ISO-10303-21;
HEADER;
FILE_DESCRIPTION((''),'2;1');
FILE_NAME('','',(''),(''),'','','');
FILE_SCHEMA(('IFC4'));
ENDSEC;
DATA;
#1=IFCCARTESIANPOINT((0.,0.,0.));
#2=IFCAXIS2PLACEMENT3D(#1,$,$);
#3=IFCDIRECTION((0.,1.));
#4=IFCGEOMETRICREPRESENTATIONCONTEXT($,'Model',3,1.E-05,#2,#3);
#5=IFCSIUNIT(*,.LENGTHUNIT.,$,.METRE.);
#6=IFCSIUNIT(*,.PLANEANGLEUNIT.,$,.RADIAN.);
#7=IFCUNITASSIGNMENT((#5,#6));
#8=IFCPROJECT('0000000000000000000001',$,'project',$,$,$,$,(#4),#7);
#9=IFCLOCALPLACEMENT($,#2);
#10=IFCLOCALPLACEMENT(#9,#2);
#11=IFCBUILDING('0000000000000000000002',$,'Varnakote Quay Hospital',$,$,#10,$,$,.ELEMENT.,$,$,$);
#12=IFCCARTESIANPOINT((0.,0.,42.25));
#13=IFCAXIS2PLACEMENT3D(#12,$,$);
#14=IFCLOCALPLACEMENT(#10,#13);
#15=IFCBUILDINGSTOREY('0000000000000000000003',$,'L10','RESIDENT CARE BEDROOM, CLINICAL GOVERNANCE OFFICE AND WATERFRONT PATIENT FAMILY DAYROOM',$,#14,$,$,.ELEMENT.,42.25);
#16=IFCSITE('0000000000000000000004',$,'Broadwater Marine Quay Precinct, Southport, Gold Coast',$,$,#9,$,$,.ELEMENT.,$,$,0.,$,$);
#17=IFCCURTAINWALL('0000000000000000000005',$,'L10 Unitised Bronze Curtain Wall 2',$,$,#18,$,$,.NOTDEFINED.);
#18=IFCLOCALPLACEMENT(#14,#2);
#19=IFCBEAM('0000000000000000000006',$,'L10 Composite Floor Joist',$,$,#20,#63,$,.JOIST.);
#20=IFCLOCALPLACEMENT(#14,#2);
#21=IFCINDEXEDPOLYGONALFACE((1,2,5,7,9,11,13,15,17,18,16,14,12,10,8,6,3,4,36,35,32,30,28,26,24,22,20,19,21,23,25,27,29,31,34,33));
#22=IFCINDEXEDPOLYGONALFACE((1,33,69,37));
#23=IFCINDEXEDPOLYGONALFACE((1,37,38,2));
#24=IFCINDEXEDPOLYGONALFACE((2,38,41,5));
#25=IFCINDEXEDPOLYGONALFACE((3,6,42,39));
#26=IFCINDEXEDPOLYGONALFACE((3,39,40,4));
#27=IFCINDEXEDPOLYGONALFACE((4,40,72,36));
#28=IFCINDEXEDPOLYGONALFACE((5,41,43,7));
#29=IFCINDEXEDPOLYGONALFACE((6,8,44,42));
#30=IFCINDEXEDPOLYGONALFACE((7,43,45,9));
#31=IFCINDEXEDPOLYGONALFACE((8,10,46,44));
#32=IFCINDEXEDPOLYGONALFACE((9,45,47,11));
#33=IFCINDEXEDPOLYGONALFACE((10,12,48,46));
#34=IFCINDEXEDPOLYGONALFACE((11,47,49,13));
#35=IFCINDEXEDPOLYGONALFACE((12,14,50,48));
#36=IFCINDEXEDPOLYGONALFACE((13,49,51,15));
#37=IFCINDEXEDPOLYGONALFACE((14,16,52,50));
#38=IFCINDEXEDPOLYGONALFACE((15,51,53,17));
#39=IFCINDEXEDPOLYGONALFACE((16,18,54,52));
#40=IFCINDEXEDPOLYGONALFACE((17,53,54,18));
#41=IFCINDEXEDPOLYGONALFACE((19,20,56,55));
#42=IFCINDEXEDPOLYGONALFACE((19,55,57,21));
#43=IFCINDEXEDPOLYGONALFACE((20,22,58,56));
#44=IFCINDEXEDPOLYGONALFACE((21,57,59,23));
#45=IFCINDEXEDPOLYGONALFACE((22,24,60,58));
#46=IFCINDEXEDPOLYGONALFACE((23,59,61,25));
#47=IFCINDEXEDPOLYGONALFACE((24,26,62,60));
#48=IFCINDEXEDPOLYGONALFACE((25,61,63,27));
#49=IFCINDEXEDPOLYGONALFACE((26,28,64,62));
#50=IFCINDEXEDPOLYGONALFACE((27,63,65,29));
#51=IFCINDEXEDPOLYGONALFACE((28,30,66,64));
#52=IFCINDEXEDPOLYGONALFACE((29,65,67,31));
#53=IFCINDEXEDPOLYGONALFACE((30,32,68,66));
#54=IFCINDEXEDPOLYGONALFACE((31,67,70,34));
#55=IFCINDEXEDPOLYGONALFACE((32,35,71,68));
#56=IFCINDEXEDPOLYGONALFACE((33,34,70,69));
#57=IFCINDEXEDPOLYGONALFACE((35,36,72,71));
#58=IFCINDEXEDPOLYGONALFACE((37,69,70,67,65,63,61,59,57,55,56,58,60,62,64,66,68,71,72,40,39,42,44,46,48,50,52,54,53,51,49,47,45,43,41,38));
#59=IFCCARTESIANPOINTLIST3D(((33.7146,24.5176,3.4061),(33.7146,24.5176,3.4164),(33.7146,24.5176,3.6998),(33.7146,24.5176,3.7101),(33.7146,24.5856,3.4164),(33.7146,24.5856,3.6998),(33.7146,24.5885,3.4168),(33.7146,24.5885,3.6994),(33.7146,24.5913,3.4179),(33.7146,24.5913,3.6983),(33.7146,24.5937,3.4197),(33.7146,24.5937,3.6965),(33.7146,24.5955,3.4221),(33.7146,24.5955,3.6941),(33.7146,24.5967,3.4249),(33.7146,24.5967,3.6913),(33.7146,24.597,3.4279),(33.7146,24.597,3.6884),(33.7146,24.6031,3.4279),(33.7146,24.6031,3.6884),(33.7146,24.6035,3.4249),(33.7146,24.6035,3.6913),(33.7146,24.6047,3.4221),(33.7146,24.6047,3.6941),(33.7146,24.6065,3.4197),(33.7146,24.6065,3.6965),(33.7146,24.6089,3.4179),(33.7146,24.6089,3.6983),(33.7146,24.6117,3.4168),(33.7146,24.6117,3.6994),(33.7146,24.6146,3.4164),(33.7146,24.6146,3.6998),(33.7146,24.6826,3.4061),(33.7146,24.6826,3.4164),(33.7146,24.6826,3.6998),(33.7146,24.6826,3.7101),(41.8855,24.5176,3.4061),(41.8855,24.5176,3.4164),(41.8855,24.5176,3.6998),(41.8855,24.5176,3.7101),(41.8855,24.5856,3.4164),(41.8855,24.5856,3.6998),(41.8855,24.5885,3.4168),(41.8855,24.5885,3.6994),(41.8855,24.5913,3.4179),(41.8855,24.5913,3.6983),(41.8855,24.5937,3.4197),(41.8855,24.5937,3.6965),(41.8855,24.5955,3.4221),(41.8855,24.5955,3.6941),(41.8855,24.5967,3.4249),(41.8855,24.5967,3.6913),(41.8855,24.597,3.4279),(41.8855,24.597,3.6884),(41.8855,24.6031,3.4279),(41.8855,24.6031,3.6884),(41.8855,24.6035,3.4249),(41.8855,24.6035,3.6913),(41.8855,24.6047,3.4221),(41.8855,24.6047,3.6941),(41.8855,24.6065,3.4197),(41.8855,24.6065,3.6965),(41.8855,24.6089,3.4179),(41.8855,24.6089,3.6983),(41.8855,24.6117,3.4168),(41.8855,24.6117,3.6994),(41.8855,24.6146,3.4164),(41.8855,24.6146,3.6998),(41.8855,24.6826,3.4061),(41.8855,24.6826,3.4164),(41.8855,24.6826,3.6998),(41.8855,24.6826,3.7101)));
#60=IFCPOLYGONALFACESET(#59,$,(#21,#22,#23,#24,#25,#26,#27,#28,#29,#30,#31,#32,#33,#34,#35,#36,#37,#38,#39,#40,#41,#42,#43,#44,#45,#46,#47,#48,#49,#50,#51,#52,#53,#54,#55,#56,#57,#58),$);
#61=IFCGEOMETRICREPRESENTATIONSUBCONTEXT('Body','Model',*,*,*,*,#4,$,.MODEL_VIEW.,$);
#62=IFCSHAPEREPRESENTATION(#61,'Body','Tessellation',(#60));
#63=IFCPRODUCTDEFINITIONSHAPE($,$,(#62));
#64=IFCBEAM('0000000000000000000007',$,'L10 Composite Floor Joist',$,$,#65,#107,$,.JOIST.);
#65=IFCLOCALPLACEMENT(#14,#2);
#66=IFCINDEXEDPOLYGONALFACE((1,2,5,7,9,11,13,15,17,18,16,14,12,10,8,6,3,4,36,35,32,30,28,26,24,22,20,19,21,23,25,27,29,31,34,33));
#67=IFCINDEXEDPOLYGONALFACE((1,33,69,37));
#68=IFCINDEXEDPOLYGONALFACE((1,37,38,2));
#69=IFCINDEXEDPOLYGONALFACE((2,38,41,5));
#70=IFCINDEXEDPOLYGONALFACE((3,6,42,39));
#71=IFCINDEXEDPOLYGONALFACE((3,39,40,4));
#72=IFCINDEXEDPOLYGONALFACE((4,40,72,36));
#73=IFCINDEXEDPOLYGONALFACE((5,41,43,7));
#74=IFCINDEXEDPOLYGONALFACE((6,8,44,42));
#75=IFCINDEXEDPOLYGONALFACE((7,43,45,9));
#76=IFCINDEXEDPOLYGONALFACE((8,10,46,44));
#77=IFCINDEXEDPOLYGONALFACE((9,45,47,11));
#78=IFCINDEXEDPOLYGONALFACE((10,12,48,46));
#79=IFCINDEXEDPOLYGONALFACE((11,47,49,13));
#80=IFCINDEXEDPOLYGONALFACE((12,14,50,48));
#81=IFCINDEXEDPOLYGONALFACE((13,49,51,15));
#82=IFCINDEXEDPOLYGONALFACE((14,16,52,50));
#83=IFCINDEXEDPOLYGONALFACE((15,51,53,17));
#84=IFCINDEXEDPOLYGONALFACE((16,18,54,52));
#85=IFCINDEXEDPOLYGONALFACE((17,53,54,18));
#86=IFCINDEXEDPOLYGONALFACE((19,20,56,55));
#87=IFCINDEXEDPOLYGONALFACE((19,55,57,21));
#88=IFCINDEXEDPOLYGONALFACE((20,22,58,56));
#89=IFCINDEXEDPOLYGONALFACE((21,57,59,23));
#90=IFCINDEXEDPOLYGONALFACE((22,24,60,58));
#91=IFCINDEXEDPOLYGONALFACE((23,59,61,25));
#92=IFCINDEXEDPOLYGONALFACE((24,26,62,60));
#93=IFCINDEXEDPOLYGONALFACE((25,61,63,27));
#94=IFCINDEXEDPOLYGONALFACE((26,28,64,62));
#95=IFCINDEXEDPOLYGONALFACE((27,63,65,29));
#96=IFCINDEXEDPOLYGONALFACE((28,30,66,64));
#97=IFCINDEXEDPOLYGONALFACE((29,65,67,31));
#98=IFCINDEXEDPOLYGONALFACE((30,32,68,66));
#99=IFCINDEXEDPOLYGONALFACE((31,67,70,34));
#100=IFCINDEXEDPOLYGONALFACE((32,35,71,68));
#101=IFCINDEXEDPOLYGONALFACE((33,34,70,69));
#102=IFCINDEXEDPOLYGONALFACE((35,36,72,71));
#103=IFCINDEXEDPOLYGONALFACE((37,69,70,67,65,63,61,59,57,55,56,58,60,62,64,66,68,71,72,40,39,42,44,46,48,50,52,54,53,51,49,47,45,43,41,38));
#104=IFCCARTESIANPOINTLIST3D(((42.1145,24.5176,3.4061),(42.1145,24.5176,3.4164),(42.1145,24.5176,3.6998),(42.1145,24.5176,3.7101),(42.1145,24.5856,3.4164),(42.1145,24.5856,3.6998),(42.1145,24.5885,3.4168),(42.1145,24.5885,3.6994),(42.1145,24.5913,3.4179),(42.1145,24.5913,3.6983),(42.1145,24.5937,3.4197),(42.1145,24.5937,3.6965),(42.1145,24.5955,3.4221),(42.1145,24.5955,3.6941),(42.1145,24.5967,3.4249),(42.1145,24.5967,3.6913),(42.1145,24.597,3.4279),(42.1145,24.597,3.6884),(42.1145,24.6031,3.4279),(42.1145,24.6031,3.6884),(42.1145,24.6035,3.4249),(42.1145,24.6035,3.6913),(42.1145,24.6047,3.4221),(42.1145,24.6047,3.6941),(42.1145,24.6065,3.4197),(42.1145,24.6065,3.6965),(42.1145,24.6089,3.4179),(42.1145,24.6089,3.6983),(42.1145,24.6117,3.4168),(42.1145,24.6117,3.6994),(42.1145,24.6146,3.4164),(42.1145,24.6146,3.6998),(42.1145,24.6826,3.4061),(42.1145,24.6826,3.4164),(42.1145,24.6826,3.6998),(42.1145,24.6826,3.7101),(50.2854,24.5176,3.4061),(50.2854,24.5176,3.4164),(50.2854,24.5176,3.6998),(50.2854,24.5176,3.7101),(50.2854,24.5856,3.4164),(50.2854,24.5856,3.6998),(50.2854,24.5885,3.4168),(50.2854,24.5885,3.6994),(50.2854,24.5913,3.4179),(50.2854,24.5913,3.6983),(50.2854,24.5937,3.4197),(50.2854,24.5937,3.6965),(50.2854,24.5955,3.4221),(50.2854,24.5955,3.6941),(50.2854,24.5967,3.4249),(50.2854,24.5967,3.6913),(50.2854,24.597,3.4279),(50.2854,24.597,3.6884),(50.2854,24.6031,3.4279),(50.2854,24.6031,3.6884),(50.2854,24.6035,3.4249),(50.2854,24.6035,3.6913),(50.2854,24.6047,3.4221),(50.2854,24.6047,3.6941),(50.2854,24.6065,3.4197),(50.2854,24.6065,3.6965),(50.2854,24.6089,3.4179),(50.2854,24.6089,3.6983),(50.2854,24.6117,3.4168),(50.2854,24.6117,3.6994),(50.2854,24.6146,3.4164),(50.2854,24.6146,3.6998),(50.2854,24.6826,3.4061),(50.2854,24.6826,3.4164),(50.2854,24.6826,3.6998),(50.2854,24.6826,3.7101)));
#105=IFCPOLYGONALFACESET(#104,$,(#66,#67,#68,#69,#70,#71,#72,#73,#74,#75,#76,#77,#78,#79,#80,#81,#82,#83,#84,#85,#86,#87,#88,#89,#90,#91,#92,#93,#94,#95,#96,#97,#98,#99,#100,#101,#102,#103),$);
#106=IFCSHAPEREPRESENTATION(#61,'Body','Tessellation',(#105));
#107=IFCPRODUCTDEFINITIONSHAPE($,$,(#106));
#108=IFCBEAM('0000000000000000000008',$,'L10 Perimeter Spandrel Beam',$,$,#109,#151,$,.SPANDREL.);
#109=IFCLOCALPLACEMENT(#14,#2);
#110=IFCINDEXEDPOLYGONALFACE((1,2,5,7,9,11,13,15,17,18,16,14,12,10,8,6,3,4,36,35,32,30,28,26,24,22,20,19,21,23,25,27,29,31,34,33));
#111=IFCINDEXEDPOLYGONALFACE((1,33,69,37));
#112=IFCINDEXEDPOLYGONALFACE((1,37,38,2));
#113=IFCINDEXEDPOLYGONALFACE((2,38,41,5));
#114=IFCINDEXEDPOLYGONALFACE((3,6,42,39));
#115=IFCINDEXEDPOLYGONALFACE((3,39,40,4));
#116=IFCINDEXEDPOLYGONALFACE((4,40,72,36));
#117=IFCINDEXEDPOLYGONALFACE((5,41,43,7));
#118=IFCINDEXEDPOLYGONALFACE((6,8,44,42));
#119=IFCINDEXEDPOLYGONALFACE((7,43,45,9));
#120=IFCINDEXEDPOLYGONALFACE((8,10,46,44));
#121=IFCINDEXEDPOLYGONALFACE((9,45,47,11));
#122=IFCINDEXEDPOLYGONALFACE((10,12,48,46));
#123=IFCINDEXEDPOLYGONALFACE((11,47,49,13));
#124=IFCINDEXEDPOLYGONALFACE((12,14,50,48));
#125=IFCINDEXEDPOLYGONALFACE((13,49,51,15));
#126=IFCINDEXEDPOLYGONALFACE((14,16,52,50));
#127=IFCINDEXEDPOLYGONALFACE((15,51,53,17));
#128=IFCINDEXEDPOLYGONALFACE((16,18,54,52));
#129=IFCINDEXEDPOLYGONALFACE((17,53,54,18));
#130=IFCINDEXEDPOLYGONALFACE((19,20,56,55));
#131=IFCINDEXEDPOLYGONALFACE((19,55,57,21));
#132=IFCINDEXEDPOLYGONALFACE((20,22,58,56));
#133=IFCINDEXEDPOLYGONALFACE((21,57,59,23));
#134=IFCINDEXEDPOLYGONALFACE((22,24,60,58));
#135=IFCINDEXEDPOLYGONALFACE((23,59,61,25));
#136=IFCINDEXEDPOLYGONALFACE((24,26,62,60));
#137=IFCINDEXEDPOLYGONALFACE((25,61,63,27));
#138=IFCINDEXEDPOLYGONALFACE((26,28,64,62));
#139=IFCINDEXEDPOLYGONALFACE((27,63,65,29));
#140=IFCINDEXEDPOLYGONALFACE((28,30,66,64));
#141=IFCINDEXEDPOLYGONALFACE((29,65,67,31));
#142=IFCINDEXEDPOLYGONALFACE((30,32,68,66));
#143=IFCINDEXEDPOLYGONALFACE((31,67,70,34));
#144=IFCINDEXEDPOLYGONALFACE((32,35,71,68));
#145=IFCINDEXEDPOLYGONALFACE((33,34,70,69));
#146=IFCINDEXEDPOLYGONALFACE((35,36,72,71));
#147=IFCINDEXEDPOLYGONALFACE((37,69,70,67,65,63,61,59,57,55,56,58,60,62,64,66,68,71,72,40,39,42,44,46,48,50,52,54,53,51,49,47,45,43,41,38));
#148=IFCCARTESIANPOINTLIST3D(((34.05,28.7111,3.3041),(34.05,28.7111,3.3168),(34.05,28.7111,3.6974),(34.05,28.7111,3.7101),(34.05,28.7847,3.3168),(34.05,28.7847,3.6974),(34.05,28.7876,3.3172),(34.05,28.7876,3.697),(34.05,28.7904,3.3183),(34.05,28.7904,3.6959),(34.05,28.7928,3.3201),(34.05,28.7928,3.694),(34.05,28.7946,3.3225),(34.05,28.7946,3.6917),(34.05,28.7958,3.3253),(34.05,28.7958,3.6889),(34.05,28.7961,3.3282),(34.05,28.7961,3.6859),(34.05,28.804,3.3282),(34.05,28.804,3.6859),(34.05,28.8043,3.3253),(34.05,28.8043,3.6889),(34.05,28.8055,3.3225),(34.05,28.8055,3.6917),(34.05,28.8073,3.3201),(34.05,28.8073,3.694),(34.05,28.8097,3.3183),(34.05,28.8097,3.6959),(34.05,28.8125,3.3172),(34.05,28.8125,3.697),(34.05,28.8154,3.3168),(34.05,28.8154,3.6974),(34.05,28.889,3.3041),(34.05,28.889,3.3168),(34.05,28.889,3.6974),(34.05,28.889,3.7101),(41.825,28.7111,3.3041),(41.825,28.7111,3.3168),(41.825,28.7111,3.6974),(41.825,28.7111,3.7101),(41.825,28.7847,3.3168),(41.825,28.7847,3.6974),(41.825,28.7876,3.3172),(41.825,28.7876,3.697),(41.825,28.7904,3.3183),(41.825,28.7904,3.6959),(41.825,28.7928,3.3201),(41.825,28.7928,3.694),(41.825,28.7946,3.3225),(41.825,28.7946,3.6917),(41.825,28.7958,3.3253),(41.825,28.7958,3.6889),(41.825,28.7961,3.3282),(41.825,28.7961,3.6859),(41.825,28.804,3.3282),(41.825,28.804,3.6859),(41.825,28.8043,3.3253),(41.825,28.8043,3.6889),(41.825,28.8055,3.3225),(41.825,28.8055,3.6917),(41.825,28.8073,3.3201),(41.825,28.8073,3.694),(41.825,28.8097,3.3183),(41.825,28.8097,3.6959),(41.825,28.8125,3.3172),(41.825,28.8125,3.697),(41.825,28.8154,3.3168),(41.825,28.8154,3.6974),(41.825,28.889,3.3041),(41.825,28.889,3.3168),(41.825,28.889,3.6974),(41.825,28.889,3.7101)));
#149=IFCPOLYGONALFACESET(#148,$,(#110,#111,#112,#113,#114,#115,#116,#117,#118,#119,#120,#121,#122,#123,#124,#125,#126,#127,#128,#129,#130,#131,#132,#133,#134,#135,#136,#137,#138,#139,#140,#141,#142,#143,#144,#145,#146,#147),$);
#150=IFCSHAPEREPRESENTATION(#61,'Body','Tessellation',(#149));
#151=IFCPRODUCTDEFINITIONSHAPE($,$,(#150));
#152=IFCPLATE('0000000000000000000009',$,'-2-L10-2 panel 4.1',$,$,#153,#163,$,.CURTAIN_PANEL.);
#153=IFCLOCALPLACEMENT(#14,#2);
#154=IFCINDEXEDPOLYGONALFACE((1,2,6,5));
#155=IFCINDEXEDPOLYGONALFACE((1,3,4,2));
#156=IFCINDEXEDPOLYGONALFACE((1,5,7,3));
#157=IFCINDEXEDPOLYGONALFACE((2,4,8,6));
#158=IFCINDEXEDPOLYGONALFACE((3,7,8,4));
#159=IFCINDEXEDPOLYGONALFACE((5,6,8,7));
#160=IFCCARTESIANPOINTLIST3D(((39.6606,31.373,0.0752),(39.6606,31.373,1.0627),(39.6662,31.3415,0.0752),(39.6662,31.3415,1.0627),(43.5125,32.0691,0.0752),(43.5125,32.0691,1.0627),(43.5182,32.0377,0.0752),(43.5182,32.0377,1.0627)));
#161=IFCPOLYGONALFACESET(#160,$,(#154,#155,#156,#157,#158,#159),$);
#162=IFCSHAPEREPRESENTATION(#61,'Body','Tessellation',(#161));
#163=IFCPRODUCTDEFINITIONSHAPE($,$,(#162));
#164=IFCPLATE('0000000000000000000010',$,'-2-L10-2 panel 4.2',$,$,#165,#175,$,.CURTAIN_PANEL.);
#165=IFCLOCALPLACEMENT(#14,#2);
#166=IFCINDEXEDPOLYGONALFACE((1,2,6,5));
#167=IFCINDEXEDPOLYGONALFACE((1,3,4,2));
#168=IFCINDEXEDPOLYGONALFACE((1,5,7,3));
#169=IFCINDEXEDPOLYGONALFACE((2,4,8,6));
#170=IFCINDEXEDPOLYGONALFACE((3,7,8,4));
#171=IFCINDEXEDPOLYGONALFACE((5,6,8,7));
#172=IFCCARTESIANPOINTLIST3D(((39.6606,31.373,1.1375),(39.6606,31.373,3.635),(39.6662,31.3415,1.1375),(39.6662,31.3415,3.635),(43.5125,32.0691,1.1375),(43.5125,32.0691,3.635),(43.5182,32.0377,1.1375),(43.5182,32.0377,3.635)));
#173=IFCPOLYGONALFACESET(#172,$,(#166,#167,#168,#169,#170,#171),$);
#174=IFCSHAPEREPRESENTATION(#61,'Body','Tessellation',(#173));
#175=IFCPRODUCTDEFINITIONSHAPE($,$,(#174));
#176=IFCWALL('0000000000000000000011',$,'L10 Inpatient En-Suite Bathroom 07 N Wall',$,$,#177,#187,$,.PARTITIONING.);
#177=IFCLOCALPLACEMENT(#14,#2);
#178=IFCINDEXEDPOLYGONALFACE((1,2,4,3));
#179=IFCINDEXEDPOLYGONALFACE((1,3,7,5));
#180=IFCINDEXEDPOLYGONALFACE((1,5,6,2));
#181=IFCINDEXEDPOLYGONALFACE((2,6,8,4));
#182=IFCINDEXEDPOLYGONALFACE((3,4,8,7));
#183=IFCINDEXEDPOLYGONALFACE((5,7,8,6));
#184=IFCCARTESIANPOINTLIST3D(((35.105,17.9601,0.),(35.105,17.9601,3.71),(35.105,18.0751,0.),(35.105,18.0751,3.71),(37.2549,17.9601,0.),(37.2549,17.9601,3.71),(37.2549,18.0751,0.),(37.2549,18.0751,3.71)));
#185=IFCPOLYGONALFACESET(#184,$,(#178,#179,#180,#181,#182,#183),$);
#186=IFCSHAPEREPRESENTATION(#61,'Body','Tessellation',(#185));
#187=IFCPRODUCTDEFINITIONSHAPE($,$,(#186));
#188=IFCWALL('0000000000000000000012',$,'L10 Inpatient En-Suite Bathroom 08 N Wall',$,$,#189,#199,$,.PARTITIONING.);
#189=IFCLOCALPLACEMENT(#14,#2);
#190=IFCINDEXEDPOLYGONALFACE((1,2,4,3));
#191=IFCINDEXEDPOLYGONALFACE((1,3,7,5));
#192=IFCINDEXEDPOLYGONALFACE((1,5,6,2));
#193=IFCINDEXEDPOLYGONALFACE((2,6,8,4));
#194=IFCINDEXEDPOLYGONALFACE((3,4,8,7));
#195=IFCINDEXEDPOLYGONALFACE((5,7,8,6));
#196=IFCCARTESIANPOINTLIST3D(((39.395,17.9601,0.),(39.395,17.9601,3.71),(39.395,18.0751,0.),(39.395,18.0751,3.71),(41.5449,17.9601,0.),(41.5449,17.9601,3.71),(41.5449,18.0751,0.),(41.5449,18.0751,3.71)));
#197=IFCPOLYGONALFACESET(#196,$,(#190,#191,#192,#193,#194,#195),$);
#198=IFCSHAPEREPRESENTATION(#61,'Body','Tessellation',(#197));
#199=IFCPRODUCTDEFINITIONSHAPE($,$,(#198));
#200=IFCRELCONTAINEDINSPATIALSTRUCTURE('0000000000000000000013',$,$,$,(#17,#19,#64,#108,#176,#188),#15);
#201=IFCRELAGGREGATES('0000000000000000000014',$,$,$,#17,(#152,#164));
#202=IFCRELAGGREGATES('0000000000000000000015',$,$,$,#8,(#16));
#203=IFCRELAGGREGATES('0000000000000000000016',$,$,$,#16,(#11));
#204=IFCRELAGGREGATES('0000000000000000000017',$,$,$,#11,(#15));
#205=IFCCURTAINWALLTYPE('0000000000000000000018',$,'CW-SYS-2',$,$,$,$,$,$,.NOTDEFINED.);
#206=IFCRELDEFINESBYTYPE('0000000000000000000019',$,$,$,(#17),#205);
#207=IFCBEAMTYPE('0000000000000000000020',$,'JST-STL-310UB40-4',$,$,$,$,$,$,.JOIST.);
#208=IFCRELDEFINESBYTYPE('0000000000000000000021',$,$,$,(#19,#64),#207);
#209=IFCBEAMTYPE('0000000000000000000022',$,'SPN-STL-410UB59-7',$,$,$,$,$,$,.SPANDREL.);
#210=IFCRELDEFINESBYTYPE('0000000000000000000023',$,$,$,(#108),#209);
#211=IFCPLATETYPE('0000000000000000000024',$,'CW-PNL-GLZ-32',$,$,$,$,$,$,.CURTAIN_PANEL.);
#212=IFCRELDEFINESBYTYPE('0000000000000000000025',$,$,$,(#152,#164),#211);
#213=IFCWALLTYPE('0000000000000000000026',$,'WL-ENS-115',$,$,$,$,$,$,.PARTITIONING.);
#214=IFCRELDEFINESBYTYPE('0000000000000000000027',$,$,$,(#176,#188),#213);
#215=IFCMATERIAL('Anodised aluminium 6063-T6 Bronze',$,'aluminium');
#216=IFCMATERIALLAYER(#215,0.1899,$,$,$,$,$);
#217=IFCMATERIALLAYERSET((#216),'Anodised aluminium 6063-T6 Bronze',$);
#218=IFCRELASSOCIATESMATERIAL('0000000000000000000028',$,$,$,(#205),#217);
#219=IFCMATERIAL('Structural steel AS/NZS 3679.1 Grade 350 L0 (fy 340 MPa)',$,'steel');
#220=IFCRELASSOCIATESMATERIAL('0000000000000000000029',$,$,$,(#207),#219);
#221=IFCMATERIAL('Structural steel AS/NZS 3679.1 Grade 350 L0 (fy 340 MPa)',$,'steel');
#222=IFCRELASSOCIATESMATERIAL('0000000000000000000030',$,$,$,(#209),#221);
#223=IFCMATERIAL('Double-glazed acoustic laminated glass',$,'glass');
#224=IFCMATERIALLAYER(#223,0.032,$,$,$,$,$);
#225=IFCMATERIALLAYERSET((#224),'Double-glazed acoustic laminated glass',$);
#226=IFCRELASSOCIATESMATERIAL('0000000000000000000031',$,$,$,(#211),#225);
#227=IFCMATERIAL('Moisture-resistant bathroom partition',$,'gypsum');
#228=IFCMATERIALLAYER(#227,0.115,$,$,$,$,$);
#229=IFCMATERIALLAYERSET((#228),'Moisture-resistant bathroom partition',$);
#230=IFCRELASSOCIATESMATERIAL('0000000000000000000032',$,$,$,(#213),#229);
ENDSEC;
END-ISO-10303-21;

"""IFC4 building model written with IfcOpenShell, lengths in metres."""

from ifc_helpers import new_model, si_unit, direction, frame, frame_2d, origin, origin_2d, place, context, subcontext, project, spatial, rectangle, i_section, extrude, material, layer, layer_set, material_profile, profile_set, type_object, element, aggregate, save


model = new_model("IFC4")

# Units and contexts
model_context = context("Model", 3, precision=1e-05, world=origin(), true_north=direction((0.0, 1.0)))
body_context = subcontext(model_context, "Body", "Model", "MODEL_VIEW")
ifc_project = project(units=[si_unit("LENGTHUNIT", "METRE"), si_unit("PLANEANGLEUNIT", "RADIAN")], contexts=[model_context])

# Site, building, storey
site_placement = place(None, origin())
site = spatial("IfcSite", under=ifc_project, at=site_placement, Name="Broadwater Marine Quay Precinct, Southport, Gold Coast", CompositionType="ELEMENT", RefElevation=0.0)
building_placement = place(site_placement, origin())
building = spatial("IfcBuilding", under=site, at=building_placement, Name="Varnakote Quay Hospital", CompositionType="ELEMENT")
storey_placement = place(building_placement, frame((0.0, 0.0, 42.25)))
storey = spatial("IfcBuildingStorey", under=building, at=storey_placement, Name="L10", Description="RESIDENT CARE BEDROOM, CLINICAL GOVERNANCE OFFICE AND WATERFRONT PATIENT FAMILY DAYROOM", CompositionType="ELEMENT", Elevation=42.25)

# Curtain wall
ifc_material_1 = material(Name="Anodised aluminium 6063-T6 Bronze", Category="aluminium")
ifc_layer_1 = layer(ifc_material_1, 0.1899)
ifc_layer_set_1 = layer_set([ifc_layer_1], Name="Anodised aluminium 6063-T6 Bronze")
curtain_wall_type = type_object("IfcCurtainWallType", Name="CW-SYS-2", PredefinedType="NOTDEFINED", material=ifc_layer_set_1)
curtain_wall_placement = place(storey_placement, origin())
curtain_wall = element("IfcCurtainWall", 1, at=curtain_wall_placement, inside=storey, type_object=curtain_wall_type, Name="L10 Unitised Bronze Curtain Wall 2", PredefinedType="NOTDEFINED")

# Beams
ifc_material_2 = material(Name="Structural steel AS/NZS 3679.1 Grade 350 L0 (fy 340 MPa)", Category="steel")
ifc_material_profile_1 = material_profile(ifc_material_2, i_section(OverallWidth=0.165, OverallDepth=0.304, WebThickness=0.0061, FlangeThickness=0.0103, FilletRadius=0.0115, at=origin_2d()), Name="310UB40.4")
ifc_profile_set_1 = profile_set([ifc_material_profile_1], Name="Structural steel AS/NZS 3679.1 Grade 350 L0 (fy 340 MPa)")
beam_type_1 = type_object("IfcBeamType", Name="JST-STL-310UB40-4", PredefinedType="JOIST", material=ifc_profile_set_1)
for number, where, z_axis, x_axis, name in (
    (2, (33.7146, 24.6001, 3.5581), (1.0, 0.0, 0.0), (0.0, 1.0, 0.0), "L10 Composite Floor Joist"),
    (3, (42.1145, 24.6001, 3.5581), (1.0, 0.0, 0.0), (0.0, 1.0, 0.0), "L10 Composite Floor Joist"),
):
    element("IfcBeam", number, at=place(storey_placement, frame(where, z_axis=z_axis, x_axis=x_axis)), inside=storey, type_object=beam_type_1, Name=name, PredefinedType="JOIST", context=body_context, shape_type="SweptSolid", body=[
        extrude(i_section(OverallWidth=0.165, OverallDepth=0.304, WebThickness=0.0061, FlangeThickness=0.0103, FilletRadius=0.0115, at=origin_2d()), origin(), (0.0, 0.0, 1.0), 8.1709),
    ])
ifc_material_3 = material(Name="Structural steel AS/NZS 3679.1 Grade 350 L0 (fy 340 MPa)", Category="steel")
ifc_material_profile_2 = material_profile(ifc_material_3, i_section(OverallWidth=0.178, OverallDepth=0.406, WebThickness=0.0078, FlangeThickness=0.0127, FilletRadius=0.0115, at=origin_2d()), Name="410UB59.7")
ifc_profile_set_2 = profile_set([ifc_material_profile_2], Name="Structural steel AS/NZS 3679.1 Grade 350 L0 (fy 340 MPa)")
beam_type_2 = type_object("IfcBeamType", Name="SPN-STL-410UB59-7", PredefinedType="SPANDREL", material=ifc_profile_set_2)
beam_1_placement = place(storey_placement, frame((34.05, 28.8, 3.5071), z_axis=(1.0, 0.0, 0.0), x_axis=(0.0, 1.0, 0.0)))
element("IfcBeam", 4, at=beam_1_placement, inside=storey, type_object=beam_type_2, Name="L10 Perimeter Spandrel Beam", PredefinedType="SPANDREL", context=body_context, shape_type="SweptSolid", body=[
    extrude(i_section(OverallWidth=0.178, OverallDepth=0.406, WebThickness=0.0078, FlangeThickness=0.0127, FilletRadius=0.0115, at=origin_2d()), origin(), (0.0, 0.0, 1.0), 7.7749),
])

# Plates
ifc_material_4 = material(Name="Double-glazed acoustic laminated glass", Category="glass")
ifc_layer_2 = layer(ifc_material_4, 0.032)
ifc_layer_set_2 = layer_set([ifc_layer_2], Name="Double-glazed acoustic laminated glass")
plate_type = type_object("IfcPlateType", Name="CW-PNL-GLZ-32", PredefinedType="CURTAIN_PANEL", material=ifc_layer_set_2)
plate_1_placement = place(storey_placement, frame((41.5894, 31.7053, 0.0752), z_axis=(0.0, 0.0, 1.0), x_axis=(-0.984058, -0.177846, 0.0)))
plate_1 = element("IfcPlate", 5, at=plate_1_placement, type_object=plate_type, Name="-2-L10-2 panel 4.1", PredefinedType="CURTAIN_PANEL", context=body_context, shape_type="SweptSolid", body=[
    extrude(rectangle(XDim=3.9143, YDim=0.032, at=origin_2d()), origin(), (0.0, 0.0, 1.0), 0.9875),
])
plate_2_placement = place(storey_placement, frame((41.5894, 31.7053, 1.1375), z_axis=(0.0, 0.0, 1.0), x_axis=(-0.984058, -0.177846, 0.0)))
plate_2 = element("IfcPlate", 6, at=plate_2_placement, type_object=plate_type, Name="-2-L10-2 panel 4.2", PredefinedType="CURTAIN_PANEL", context=body_context, shape_type="SweptSolid", body=[
    extrude(rectangle(XDim=3.9143, YDim=0.032, at=origin_2d()), origin(), (0.0, 0.0, 1.0), 2.4976),
])
aggregate(curtain_wall, [plate_1, plate_2])

# Walls
ifc_material_5 = material(Name="Moisture-resistant bathroom partition", Category="gypsum")
ifc_layer_3 = layer(ifc_material_5, 0.115)
ifc_layer_set_3 = layer_set([ifc_layer_3], Name="Moisture-resistant bathroom partition")
wall_type_1 = type_object("IfcWallType", Name="WL-ENS-115", PredefinedType="PARTITIONING", material=ifc_layer_set_3)
for number, where, z_axis, x_axis, name in (
    (7, (35.105, 18.0176, 0.0), (0.0, 0.0, 1.0), (1.0, 0.0, 0.0), "L10 Inpatient En-Suite Bathroom 07 N Wall"),
    (8, (39.395, 18.0176, 0.0), (0.0, 0.0, 1.0), (1.0, 0.0, 0.0), "L10 Inpatient En-Suite Bathroom 08 N Wall"),
):
    element("IfcWall", number, at=place(storey_placement, frame(where, z_axis=z_axis, x_axis=x_axis)), inside=storey, type_object=wall_type_1, Name=name, PredefinedType="PARTITIONING", context=body_context, shape_type="SweptSolid", body=[
        extrude(rectangle(XDim=2.1499, YDim=0.115, at=frame_2d((1.075, 0.0))), origin(), (0.0, 0.0, 1.0), 3.71),
    ])

save(model, "model.ifc")
